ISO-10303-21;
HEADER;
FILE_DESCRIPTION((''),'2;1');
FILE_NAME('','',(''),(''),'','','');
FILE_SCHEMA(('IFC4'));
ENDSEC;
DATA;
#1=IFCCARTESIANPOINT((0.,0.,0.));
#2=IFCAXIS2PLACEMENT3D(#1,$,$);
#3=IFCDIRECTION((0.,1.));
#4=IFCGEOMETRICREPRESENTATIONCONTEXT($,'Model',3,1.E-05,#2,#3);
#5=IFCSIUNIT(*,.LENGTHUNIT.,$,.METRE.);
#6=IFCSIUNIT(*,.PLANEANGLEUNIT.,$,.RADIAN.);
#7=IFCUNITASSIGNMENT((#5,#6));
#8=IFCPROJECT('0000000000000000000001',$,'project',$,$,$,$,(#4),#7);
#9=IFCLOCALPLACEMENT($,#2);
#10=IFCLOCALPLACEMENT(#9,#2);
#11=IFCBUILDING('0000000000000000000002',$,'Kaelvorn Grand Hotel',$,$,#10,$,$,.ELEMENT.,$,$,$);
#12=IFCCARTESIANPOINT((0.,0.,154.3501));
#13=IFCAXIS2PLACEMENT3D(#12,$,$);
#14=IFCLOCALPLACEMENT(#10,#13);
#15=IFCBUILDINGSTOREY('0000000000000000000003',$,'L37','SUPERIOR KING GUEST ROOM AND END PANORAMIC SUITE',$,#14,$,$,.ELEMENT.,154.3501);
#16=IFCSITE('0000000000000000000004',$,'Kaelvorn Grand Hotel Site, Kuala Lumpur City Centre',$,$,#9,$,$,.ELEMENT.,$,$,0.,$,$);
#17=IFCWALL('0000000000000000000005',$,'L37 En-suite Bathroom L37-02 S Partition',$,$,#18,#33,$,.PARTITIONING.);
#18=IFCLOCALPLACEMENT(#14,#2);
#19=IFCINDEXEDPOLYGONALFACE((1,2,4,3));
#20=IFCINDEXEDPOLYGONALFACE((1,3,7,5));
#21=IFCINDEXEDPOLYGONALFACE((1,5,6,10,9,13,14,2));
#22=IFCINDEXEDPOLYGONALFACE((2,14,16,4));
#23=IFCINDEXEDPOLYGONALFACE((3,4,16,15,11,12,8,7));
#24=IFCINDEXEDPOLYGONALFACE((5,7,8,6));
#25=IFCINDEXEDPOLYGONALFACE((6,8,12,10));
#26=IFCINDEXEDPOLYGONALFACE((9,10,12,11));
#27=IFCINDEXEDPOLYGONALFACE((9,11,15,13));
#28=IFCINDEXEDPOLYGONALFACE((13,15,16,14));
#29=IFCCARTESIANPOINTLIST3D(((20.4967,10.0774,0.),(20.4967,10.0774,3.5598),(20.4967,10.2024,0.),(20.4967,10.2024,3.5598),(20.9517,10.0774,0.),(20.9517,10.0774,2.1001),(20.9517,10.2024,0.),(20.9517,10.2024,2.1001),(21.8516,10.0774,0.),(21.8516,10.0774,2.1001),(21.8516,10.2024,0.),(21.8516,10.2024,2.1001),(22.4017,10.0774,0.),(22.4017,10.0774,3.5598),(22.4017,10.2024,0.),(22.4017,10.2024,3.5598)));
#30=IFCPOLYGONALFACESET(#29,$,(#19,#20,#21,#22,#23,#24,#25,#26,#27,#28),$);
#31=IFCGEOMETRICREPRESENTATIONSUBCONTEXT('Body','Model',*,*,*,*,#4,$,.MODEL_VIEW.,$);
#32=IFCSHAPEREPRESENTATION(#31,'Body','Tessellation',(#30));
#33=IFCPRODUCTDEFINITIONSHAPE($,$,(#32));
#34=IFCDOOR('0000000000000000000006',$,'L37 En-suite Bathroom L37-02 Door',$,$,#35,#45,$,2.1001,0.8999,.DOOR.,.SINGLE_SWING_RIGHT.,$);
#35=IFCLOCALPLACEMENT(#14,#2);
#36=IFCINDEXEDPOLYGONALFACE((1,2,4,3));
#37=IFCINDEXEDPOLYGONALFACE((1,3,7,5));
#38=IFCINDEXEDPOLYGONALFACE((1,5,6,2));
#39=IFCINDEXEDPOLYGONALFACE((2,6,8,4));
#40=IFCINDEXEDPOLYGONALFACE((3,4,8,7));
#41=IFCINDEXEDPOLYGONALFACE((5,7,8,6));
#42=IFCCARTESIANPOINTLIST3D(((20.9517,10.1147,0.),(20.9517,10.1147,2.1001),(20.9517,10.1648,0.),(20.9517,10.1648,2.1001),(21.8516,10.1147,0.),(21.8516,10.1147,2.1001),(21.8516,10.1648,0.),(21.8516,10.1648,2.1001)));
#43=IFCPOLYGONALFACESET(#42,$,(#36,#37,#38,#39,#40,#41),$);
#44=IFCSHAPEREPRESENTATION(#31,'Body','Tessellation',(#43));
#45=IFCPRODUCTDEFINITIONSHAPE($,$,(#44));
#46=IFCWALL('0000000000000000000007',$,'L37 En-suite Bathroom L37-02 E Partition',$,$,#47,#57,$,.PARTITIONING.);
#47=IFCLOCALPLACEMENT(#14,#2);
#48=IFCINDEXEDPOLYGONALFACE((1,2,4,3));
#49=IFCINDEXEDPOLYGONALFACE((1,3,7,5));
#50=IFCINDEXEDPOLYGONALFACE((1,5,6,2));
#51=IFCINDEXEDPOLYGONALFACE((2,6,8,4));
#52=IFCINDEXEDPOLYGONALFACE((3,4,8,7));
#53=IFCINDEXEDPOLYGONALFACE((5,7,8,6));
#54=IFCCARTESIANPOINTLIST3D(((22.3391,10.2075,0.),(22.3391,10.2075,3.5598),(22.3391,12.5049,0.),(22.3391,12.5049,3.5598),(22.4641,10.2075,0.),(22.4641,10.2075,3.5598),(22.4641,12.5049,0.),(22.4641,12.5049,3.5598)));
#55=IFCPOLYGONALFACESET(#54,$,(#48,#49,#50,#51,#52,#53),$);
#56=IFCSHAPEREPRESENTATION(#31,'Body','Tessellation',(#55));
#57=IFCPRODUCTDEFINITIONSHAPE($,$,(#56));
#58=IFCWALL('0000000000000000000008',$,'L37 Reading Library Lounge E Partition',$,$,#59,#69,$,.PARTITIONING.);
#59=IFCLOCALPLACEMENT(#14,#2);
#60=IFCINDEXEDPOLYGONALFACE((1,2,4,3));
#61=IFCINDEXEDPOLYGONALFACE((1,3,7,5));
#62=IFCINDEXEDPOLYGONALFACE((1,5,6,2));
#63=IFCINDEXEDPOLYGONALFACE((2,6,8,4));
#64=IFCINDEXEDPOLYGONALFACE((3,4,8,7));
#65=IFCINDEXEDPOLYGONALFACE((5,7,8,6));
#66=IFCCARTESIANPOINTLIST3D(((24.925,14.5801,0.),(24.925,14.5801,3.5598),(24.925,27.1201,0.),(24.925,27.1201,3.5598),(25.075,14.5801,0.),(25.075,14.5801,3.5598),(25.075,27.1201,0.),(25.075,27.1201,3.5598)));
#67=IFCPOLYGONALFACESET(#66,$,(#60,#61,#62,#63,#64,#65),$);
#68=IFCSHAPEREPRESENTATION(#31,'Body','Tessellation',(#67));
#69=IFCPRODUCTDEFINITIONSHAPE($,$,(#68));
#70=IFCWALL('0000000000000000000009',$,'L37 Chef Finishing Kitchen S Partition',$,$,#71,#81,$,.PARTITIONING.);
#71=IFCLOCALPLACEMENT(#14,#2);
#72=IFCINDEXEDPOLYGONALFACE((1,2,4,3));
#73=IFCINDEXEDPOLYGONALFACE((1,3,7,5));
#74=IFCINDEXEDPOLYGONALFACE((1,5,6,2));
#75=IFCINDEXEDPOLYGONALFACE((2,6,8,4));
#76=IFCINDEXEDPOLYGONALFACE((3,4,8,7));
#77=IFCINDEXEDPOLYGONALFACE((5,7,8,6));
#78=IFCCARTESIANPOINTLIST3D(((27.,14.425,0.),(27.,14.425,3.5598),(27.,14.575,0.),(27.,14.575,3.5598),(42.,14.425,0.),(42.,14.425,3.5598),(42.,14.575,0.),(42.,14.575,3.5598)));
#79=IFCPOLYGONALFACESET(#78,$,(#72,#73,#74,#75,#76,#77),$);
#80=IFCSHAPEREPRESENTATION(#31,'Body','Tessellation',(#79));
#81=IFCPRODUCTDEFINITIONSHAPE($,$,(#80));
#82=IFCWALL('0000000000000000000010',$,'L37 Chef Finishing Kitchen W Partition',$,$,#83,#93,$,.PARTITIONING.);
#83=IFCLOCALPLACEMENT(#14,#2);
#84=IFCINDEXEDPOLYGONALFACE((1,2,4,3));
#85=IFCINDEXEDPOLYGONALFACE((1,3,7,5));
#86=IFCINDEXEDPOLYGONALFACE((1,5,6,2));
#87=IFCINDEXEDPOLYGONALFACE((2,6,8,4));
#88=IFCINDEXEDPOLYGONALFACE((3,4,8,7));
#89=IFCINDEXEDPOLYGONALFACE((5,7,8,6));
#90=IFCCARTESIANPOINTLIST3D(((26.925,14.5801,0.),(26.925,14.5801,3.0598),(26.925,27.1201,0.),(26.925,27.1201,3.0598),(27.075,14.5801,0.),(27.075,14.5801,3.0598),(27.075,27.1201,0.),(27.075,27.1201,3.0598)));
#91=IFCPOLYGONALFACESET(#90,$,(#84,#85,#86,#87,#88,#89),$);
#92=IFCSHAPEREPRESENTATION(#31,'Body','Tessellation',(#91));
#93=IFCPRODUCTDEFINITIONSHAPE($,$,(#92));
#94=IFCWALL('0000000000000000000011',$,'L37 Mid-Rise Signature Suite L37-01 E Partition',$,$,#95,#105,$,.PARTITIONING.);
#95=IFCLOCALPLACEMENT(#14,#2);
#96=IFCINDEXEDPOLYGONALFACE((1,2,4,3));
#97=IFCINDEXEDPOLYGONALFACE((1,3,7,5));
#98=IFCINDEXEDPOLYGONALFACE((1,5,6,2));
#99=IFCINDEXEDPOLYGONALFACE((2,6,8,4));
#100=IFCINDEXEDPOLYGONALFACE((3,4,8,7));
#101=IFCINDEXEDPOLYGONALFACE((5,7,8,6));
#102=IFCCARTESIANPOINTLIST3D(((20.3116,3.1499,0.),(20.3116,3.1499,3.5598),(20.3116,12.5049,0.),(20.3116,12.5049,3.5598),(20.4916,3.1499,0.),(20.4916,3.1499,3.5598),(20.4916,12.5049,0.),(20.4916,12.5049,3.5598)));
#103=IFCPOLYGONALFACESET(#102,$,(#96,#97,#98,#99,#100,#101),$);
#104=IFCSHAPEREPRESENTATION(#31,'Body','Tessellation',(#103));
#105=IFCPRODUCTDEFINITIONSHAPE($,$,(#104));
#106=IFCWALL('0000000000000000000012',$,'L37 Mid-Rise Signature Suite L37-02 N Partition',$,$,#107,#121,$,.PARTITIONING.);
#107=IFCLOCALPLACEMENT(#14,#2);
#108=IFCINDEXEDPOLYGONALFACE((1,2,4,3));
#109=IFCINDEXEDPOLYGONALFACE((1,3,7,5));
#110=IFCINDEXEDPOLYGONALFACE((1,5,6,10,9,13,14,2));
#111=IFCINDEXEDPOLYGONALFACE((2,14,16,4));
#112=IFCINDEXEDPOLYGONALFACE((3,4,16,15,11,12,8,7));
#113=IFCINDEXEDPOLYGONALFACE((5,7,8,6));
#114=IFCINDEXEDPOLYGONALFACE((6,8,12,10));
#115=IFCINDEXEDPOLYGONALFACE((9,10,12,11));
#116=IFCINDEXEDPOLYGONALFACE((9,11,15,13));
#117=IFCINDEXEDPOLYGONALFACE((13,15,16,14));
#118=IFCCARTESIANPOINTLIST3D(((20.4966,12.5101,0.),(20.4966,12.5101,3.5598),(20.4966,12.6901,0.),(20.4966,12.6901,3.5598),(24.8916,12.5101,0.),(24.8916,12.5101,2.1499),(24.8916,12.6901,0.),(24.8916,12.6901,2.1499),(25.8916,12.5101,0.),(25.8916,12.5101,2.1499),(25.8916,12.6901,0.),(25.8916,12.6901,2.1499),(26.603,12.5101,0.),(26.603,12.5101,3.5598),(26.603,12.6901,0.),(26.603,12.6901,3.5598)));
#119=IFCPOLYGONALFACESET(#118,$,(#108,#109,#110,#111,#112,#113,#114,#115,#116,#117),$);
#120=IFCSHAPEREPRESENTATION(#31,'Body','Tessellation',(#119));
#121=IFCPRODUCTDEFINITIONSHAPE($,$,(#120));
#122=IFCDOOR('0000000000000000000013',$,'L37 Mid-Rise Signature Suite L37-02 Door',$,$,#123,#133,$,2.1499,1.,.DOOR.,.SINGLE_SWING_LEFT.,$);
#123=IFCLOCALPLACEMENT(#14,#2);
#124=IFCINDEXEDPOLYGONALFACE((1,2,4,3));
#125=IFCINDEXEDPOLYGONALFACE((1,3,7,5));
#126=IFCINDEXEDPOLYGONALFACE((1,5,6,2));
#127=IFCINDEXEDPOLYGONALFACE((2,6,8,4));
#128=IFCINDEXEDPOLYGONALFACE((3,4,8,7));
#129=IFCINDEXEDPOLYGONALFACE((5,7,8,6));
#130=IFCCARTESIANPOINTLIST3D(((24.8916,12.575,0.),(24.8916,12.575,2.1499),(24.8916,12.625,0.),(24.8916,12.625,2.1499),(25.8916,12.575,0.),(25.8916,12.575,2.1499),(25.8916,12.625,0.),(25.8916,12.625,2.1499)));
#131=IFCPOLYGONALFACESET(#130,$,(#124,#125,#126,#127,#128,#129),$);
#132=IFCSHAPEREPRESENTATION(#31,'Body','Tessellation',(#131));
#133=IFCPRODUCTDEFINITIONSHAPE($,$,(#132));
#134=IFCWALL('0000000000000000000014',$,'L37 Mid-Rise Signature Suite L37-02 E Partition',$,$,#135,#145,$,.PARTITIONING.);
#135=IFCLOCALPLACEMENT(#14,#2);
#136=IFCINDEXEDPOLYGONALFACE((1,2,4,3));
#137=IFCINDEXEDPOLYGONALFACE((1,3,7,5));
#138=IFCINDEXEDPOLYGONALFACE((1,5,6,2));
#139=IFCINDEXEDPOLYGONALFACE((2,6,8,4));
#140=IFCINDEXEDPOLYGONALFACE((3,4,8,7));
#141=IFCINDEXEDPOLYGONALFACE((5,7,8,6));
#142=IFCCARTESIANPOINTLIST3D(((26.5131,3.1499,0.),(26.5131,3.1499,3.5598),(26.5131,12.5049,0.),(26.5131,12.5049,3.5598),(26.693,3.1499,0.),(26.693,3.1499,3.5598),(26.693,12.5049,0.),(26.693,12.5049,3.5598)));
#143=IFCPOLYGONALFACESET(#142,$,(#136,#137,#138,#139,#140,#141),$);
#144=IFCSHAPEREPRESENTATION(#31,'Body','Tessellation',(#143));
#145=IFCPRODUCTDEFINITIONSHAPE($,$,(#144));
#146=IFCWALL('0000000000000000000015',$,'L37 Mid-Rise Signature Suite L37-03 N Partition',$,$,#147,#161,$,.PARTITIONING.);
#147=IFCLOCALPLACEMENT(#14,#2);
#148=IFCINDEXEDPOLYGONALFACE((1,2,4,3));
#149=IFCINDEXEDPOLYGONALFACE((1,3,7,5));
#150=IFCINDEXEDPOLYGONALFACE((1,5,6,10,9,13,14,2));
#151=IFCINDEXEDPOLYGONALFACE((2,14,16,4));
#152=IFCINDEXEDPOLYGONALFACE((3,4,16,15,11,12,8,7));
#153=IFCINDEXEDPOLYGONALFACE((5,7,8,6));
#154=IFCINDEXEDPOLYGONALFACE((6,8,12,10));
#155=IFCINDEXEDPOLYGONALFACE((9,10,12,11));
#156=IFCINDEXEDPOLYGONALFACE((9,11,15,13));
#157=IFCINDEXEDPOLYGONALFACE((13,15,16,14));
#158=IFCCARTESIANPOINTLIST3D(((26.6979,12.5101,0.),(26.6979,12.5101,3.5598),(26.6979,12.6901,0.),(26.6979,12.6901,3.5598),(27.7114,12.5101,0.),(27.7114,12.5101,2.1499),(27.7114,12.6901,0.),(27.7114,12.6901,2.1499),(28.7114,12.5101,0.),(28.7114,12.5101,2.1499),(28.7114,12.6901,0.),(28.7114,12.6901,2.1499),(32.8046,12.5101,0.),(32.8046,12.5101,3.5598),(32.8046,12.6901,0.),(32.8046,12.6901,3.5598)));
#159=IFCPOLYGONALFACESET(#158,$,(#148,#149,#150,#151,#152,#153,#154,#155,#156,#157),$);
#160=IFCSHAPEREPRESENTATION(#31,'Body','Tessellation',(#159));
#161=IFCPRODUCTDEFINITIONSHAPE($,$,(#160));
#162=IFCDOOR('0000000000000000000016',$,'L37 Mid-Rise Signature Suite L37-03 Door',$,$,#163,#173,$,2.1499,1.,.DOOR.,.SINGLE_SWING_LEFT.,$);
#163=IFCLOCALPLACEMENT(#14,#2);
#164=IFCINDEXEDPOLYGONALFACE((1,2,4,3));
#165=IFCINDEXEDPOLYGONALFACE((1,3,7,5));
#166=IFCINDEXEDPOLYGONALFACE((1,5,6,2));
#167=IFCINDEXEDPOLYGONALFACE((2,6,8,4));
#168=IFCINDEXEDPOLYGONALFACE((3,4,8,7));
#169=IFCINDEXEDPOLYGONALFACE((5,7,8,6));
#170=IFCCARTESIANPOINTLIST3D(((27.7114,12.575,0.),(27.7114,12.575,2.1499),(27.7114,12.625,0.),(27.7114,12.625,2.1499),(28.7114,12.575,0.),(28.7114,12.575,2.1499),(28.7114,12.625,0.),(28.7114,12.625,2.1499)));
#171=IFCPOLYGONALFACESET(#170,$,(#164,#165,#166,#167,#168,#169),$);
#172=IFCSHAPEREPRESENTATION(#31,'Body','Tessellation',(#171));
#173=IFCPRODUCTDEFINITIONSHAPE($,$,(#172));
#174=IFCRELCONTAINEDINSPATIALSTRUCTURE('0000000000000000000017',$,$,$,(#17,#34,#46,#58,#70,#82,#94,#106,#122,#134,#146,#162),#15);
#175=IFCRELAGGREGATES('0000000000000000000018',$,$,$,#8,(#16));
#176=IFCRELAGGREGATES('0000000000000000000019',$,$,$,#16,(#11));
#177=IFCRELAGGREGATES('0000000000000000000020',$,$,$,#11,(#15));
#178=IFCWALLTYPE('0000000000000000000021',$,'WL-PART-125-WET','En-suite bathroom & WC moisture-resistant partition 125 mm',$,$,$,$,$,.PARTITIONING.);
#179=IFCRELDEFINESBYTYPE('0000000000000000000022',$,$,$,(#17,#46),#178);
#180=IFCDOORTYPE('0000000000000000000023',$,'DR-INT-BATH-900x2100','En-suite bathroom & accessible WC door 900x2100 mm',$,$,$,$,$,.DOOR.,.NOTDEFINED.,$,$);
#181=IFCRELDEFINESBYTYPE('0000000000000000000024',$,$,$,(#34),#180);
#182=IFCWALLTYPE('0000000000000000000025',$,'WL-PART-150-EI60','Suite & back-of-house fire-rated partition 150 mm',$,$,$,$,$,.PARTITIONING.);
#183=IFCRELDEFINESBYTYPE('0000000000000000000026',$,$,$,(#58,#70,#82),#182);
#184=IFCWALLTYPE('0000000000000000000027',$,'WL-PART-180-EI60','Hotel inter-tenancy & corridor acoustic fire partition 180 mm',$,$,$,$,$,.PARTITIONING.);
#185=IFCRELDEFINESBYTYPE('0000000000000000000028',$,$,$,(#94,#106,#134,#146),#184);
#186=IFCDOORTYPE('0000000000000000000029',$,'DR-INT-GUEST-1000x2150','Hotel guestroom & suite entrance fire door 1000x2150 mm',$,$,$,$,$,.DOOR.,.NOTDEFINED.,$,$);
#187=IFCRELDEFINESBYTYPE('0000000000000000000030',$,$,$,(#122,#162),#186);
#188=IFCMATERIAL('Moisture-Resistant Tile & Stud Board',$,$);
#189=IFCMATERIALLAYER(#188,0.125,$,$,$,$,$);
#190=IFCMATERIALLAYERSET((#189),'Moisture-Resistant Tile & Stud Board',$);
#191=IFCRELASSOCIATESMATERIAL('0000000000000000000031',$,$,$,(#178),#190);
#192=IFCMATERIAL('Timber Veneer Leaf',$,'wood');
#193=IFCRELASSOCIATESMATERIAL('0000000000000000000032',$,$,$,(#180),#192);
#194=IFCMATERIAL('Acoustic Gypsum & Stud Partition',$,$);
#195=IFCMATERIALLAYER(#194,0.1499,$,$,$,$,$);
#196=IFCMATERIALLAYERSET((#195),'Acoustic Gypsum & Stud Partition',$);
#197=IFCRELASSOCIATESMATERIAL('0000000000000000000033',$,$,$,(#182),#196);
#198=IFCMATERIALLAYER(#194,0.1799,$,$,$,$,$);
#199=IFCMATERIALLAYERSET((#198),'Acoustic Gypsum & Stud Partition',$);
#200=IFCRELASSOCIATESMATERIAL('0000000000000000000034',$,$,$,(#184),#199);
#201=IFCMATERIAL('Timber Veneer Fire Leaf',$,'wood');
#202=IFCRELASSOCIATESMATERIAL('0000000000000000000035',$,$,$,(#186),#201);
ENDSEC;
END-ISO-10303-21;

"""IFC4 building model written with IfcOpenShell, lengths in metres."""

from ifc_helpers import new_model, si_unit, direction, frame, frame_2d, origin, place, context, subcontext, project, spatial, rectangle, extrude, material, layer, layer_set, type_object, element, fill, save


model = new_model("IFC4")

# Units and contexts
model_context = context("Model", 3, precision=1e-05, world=origin(), true_north=direction((0.0, 1.0)))
body_context = subcontext(model_context, "Body", "Model", "MODEL_VIEW")
ifc_project = project(units=[si_unit("LENGTHUNIT", "METRE"), si_unit("PLANEANGLEUNIT", "RADIAN")], contexts=[model_context])

# Site, building, storey
site_placement = place(None, origin())
site = spatial("IfcSite", under=ifc_project, at=site_placement, Name="Kaelvorn Grand Hotel Site, Kuala Lumpur City Centre", CompositionType="ELEMENT", RefElevation=0.0)
building_placement = place(site_placement, origin())
building = spatial("IfcBuilding", under=site, at=building_placement, Name="Kaelvorn Grand Hotel", CompositionType="ELEMENT")
storey_placement = place(building_placement, frame((0.0, 0.0, 154.3501)))
storey = spatial("IfcBuildingStorey", under=building, at=storey_placement, Name="L37", Description="SUPERIOR KING GUEST ROOM AND END PANORAMIC SUITE", CompositionType="ELEMENT", Elevation=154.3501)

# Wall, opening, door
ifc_material_1 = material(Name="Moisture-Resistant Tile & Stud Board")
ifc_layer_1 = layer(ifc_material_1, 0.125)
ifc_layer_set_1 = layer_set([ifc_layer_1], Name="Moisture-Resistant Tile & Stud Board")
wall_type_1 = type_object("IfcWallType", Name="WL-PART-125-WET", Description="En-suite bathroom & WC moisture-resistant partition 125 mm", PredefinedType="PARTITIONING", material=ifc_layer_set_1)
wall_1_placement = place(storey_placement, frame((20.4966, 10.1399, 0.0), z_axis=(0.0, 0.0, 1.0), x_axis=(1.0, 0.0, 0.0)))
wall_1 = element("IfcWall", 1, at=wall_1_placement, inside=storey, type_object=wall_type_1, Name="L37 En-suite Bathroom L37-02 S Partition", PredefinedType="PARTITIONING", context=body_context, shape_type="SweptSolid", body=[
    extrude(rectangle(XDim=1.905, YDim=0.125, at=frame_2d((0.9526, 0.0))), origin(), (0.0, 0.0, 1.0), 3.5598),
])
opening_1_placement = place(wall_1_placement, frame((0.4551, 0.0, 0.0)))
opening_1 = element("IfcOpeningElement", 2, at=opening_1_placement, cuts=wall_1, PredefinedType="OPENING", context=body_context, shape_type="SweptSolid", body=[
    extrude(rectangle(XDim=0.8999, YDim=2.1001, at=frame_2d((0.45, 1.05))), frame((0.0, 0.0725, 0.0), z_axis=(0.0, -1.0, 0.0), x_axis=(1.0, 0.0, 0.0)), (0.0, 0.0, 1.0), 0.145),
])
ifc_material_2 = material(Name="Timber Veneer Leaf", Category="wood")
door_type_1 = type_object("IfcDoorType", Name="DR-INT-BATH-900x2100", Description="En-suite bathroom & accessible WC door 900x2100 mm", OperationType="NOTDEFINED", PredefinedType="DOOR", material=ifc_material_2)
door_1_placement = place(opening_1_placement, origin())
door_1 = element("IfcDoor", 3, at=door_1_placement, inside=storey, type_object=door_type_1, Name="L37 En-suite Bathroom L37-02 Door", OperationType="SINGLE_SWING_RIGHT", OverallHeight=2.1001, OverallWidth=0.8999, PredefinedType="DOOR", context=body_context, shape_type="SweptSolid", body=[
    extrude(rectangle(XDim=0.8999, YDim=2.1001, at=frame_2d((0.45, 1.05))), frame((0.0, 0.0249, 0.0), z_axis=(0.0, -1.0, 0.0), x_axis=(1.0, 0.0, 0.0)), (0.0, 0.0, 1.0), 0.05),
])
fill(opening_1, door_1)

# Walls
wall_2_placement = place(storey_placement, frame((22.4016, 10.2075, 0.0), z_axis=(0.0, 0.0, 1.0), x_axis=(0.0, 1.0, 0.0)))
element("IfcWall", 4, at=wall_2_placement, inside=storey, type_object=wall_type_1, Name="L37 En-suite Bathroom L37-02 E Partition", PredefinedType="PARTITIONING", context=body_context, shape_type="SweptSolid", body=[
    extrude(rectangle(XDim=2.2974, YDim=0.125, at=frame_2d((1.1487, 0.0))), origin(), (0.0, 0.0, 1.0), 3.5598),
])
ifc_material_3 = material(Name="Acoustic Gypsum & Stud Partition")
ifc_layer_2 = layer(ifc_material_3, 0.1499)
ifc_layer_set_2 = layer_set([ifc_layer_2], Name="Acoustic Gypsum & Stud Partition")
wall_type_2 = type_object("IfcWallType", Name="WL-PART-150-EI60", Description="Suite & back-of-house fire-rated partition 150 mm", PredefinedType="PARTITIONING", material=ifc_layer_set_2)
wall_3_placement = place(storey_placement, frame((25.0, 14.5801, 0.0), z_axis=(0.0, 0.0, 1.0), x_axis=(0.0, 1.0, 0.0)))
element("IfcWall", 5, at=wall_3_placement, inside=storey, type_object=wall_type_2, Name="L37 Reading Library Lounge E Partition", PredefinedType="PARTITIONING", context=body_context, shape_type="SweptSolid", body=[
    extrude(rectangle(XDim=12.54, YDim=0.1499, at=frame_2d((6.27, 0.0))), origin(), (0.0, 0.0, 1.0), 3.5598),
])
wall_4_placement = place(storey_placement, frame((27.0, 14.5, 0.0), z_axis=(0.0, 0.0, 1.0), x_axis=(1.0, 0.0, 0.0)))
element("IfcWall", 6, at=wall_4_placement, inside=storey, type_object=wall_type_2, Name="L37 Chef Finishing Kitchen S Partition", PredefinedType="PARTITIONING", context=body_context, shape_type="SweptSolid", body=[
    extrude(rectangle(XDim=15.0, YDim=0.1499, at=frame_2d((7.5, 0.0))), origin(), (0.0, 0.0, 1.0), 3.5598),
])
wall_5_placement = place(storey_placement, frame((27.0, 14.5801, 0.0), z_axis=(0.0, 0.0, 1.0), x_axis=(0.0, 1.0, 0.0)))
element("IfcWall", 7, at=wall_5_placement, inside=storey, type_object=wall_type_2, Name="L37 Chef Finishing Kitchen W Partition", PredefinedType="PARTITIONING", context=body_context, shape_type="SweptSolid", body=[
    extrude(rectangle(XDim=12.54, YDim=0.1499, at=frame_2d((6.27, 0.0))), origin(), (0.0, 0.0, 1.0), 3.0598),
])
ifc_layer_3 = layer(ifc_material_3, 0.1799)
ifc_layer_set_3 = layer_set([ifc_layer_3], Name="Acoustic Gypsum & Stud Partition")
wall_type_3 = type_object("IfcWallType", Name="WL-PART-180-EI60", Description="Hotel inter-tenancy & corridor acoustic fire partition 180 mm", PredefinedType="PARTITIONING", material=ifc_layer_set_3)
wall_6_placement = place(storey_placement, frame((20.4016, 3.1499, 0.0), z_axis=(0.0, 0.0, 1.0), x_axis=(0.0, 1.0, 0.0)))
element("IfcWall", 8, at=wall_6_placement, inside=storey, type_object=wall_type_3, Name="L37 Mid-Rise Signature Suite L37-01 E Partition", PredefinedType="PARTITIONING", context=body_context, shape_type="SweptSolid", body=[
    extrude(rectangle(XDim=9.355, YDim=0.1799, at=frame_2d((4.6775, 0.0))), origin(), (0.0, 0.0, 1.0), 3.5598),
])

# Wall, opening, door
wall_7_placement = place(storey_placement, frame((20.4966, 12.6001, 0.0), z_axis=(0.0, 0.0, 1.0), x_axis=(1.0, 0.0, 0.0)))
wall_7 = element("IfcWall", 9, at=wall_7_placement, inside=storey, type_object=wall_type_3, Name="L37 Mid-Rise Signature Suite L37-02 N Partition", PredefinedType="PARTITIONING", context=body_context, shape_type="SweptSolid", body=[
    extrude(rectangle(XDim=6.1064, YDim=0.1799, at=frame_2d((3.0532, 0.0))), origin(), (0.0, 0.0, 1.0), 3.5598),
])
opening_2_placement = place(wall_7_placement, frame((4.395, 0.0, 0.0)))
opening_2 = element("IfcOpeningElement", 10, at=opening_2_placement, cuts=wall_7, PredefinedType="OPENING", context=body_context, shape_type="SweptSolid", body=[
    extrude(rectangle(XDim=1.0, YDim=2.1499, at=frame_2d((0.5, 1.075))), frame((0.0, 0.1001, 0.0), z_axis=(0.0, -1.0, 0.0), x_axis=(1.0, 0.0, 0.0)), (0.0, 0.0, 1.0), 0.2),
])
ifc_material_4 = material(Name="Timber Veneer Fire Leaf", Category="wood")
door_type_2 = type_object("IfcDoorType", Name="DR-INT-GUEST-1000x2150", Description="Hotel guestroom & suite entrance fire door 1000x2150 mm", OperationType="NOTDEFINED", PredefinedType="DOOR", material=ifc_material_4)
door_2_placement = place(opening_2_placement, origin())
door_2 = element("IfcDoor", 11, at=door_2_placement, inside=storey, type_object=door_type_2, Name="L37 Mid-Rise Signature Suite L37-02 Door", OperationType="SINGLE_SWING_LEFT", OverallHeight=2.1499, OverallWidth=1.0, PredefinedType="DOOR", context=body_context, shape_type="SweptSolid", body=[
    extrude(rectangle(XDim=1.0, YDim=2.1499, at=frame_2d((0.5, 1.075))), frame((0.0, 0.0249, 0.0), z_axis=(0.0, -1.0, 0.0), x_axis=(1.0, 0.0, 0.0)), (0.0, 0.0, 1.0), 0.05),
])
fill(opening_2, door_2)

# Wall
wall_8_placement = place(storey_placement, frame((26.603, 3.1499, 0.0), z_axis=(0.0, 0.0, 1.0), x_axis=(0.0, 1.0, 0.0)))
element("IfcWall", 12, at=wall_8_placement, inside=storey, type_object=wall_type_3, Name="L37 Mid-Rise Signature Suite L37-02 E Partition", PredefinedType="PARTITIONING", context=body_context, shape_type="SweptSolid", body=[
    extrude(rectangle(XDim=9.355, YDim=0.1799, at=frame_2d((4.6775, 0.0))), origin(), (0.0, 0.0, 1.0), 3.5598),
])

# Wall, opening, door
wall_9_placement = place(storey_placement, frame((26.698, 12.6001, 0.0), z_axis=(0.0, 0.0, 1.0), x_axis=(1.0, 0.0, 0.0)))
wall_9 = element("IfcWall", 13, at=wall_9_placement, inside=storey, type_object=wall_type_3, Name="L37 Mid-Rise Signature Suite L37-03 N Partition", PredefinedType="PARTITIONING", context=body_context, shape_type="SweptSolid", body=[
    extrude(rectangle(XDim=6.1067, YDim=0.1799, at=frame_2d((3.0532, 0.0))), origin(), (0.0, 0.0, 1.0), 3.5598),
])
opening_3_placement = place(wall_9_placement, frame((1.0134, 0.0, 0.0)))
opening_3 = element("IfcOpeningElement", 14, at=opening_3_placement, cuts=wall_9, PredefinedType="OPENING", context=body_context, shape_type="SweptSolid", body=[
    extrude(rectangle(XDim=1.0, YDim=2.1499, at=frame_2d((0.5, 1.075))), frame((0.0, 0.1001, 0.0), z_axis=(0.0, -1.0, 0.0), x_axis=(1.0, 0.0, 0.0)), (0.0, 0.0, 1.0), 0.2),
])
door_3_placement = place(opening_3_placement, origin())
door_3 = element("IfcDoor", 15, at=door_3_placement, inside=storey, type_object=door_type_2, Name="L37 Mid-Rise Signature Suite L37-03 Door", OperationType="SINGLE_SWING_LEFT", OverallHeight=2.1499, OverallWidth=1.0, PredefinedType="DOOR", context=body_context, shape_type="SweptSolid", body=[
    extrude(rectangle(XDim=1.0, YDim=2.1499, at=frame_2d((0.5, 1.075))), frame((0.0, 0.0249, 0.0), z_axis=(0.0, -1.0, 0.0), x_axis=(1.0, 0.0, 0.0)), (0.0, 0.0, 1.0), 0.05),
])
fill(opening_3, door_3)

save(model, "model.ifc")
